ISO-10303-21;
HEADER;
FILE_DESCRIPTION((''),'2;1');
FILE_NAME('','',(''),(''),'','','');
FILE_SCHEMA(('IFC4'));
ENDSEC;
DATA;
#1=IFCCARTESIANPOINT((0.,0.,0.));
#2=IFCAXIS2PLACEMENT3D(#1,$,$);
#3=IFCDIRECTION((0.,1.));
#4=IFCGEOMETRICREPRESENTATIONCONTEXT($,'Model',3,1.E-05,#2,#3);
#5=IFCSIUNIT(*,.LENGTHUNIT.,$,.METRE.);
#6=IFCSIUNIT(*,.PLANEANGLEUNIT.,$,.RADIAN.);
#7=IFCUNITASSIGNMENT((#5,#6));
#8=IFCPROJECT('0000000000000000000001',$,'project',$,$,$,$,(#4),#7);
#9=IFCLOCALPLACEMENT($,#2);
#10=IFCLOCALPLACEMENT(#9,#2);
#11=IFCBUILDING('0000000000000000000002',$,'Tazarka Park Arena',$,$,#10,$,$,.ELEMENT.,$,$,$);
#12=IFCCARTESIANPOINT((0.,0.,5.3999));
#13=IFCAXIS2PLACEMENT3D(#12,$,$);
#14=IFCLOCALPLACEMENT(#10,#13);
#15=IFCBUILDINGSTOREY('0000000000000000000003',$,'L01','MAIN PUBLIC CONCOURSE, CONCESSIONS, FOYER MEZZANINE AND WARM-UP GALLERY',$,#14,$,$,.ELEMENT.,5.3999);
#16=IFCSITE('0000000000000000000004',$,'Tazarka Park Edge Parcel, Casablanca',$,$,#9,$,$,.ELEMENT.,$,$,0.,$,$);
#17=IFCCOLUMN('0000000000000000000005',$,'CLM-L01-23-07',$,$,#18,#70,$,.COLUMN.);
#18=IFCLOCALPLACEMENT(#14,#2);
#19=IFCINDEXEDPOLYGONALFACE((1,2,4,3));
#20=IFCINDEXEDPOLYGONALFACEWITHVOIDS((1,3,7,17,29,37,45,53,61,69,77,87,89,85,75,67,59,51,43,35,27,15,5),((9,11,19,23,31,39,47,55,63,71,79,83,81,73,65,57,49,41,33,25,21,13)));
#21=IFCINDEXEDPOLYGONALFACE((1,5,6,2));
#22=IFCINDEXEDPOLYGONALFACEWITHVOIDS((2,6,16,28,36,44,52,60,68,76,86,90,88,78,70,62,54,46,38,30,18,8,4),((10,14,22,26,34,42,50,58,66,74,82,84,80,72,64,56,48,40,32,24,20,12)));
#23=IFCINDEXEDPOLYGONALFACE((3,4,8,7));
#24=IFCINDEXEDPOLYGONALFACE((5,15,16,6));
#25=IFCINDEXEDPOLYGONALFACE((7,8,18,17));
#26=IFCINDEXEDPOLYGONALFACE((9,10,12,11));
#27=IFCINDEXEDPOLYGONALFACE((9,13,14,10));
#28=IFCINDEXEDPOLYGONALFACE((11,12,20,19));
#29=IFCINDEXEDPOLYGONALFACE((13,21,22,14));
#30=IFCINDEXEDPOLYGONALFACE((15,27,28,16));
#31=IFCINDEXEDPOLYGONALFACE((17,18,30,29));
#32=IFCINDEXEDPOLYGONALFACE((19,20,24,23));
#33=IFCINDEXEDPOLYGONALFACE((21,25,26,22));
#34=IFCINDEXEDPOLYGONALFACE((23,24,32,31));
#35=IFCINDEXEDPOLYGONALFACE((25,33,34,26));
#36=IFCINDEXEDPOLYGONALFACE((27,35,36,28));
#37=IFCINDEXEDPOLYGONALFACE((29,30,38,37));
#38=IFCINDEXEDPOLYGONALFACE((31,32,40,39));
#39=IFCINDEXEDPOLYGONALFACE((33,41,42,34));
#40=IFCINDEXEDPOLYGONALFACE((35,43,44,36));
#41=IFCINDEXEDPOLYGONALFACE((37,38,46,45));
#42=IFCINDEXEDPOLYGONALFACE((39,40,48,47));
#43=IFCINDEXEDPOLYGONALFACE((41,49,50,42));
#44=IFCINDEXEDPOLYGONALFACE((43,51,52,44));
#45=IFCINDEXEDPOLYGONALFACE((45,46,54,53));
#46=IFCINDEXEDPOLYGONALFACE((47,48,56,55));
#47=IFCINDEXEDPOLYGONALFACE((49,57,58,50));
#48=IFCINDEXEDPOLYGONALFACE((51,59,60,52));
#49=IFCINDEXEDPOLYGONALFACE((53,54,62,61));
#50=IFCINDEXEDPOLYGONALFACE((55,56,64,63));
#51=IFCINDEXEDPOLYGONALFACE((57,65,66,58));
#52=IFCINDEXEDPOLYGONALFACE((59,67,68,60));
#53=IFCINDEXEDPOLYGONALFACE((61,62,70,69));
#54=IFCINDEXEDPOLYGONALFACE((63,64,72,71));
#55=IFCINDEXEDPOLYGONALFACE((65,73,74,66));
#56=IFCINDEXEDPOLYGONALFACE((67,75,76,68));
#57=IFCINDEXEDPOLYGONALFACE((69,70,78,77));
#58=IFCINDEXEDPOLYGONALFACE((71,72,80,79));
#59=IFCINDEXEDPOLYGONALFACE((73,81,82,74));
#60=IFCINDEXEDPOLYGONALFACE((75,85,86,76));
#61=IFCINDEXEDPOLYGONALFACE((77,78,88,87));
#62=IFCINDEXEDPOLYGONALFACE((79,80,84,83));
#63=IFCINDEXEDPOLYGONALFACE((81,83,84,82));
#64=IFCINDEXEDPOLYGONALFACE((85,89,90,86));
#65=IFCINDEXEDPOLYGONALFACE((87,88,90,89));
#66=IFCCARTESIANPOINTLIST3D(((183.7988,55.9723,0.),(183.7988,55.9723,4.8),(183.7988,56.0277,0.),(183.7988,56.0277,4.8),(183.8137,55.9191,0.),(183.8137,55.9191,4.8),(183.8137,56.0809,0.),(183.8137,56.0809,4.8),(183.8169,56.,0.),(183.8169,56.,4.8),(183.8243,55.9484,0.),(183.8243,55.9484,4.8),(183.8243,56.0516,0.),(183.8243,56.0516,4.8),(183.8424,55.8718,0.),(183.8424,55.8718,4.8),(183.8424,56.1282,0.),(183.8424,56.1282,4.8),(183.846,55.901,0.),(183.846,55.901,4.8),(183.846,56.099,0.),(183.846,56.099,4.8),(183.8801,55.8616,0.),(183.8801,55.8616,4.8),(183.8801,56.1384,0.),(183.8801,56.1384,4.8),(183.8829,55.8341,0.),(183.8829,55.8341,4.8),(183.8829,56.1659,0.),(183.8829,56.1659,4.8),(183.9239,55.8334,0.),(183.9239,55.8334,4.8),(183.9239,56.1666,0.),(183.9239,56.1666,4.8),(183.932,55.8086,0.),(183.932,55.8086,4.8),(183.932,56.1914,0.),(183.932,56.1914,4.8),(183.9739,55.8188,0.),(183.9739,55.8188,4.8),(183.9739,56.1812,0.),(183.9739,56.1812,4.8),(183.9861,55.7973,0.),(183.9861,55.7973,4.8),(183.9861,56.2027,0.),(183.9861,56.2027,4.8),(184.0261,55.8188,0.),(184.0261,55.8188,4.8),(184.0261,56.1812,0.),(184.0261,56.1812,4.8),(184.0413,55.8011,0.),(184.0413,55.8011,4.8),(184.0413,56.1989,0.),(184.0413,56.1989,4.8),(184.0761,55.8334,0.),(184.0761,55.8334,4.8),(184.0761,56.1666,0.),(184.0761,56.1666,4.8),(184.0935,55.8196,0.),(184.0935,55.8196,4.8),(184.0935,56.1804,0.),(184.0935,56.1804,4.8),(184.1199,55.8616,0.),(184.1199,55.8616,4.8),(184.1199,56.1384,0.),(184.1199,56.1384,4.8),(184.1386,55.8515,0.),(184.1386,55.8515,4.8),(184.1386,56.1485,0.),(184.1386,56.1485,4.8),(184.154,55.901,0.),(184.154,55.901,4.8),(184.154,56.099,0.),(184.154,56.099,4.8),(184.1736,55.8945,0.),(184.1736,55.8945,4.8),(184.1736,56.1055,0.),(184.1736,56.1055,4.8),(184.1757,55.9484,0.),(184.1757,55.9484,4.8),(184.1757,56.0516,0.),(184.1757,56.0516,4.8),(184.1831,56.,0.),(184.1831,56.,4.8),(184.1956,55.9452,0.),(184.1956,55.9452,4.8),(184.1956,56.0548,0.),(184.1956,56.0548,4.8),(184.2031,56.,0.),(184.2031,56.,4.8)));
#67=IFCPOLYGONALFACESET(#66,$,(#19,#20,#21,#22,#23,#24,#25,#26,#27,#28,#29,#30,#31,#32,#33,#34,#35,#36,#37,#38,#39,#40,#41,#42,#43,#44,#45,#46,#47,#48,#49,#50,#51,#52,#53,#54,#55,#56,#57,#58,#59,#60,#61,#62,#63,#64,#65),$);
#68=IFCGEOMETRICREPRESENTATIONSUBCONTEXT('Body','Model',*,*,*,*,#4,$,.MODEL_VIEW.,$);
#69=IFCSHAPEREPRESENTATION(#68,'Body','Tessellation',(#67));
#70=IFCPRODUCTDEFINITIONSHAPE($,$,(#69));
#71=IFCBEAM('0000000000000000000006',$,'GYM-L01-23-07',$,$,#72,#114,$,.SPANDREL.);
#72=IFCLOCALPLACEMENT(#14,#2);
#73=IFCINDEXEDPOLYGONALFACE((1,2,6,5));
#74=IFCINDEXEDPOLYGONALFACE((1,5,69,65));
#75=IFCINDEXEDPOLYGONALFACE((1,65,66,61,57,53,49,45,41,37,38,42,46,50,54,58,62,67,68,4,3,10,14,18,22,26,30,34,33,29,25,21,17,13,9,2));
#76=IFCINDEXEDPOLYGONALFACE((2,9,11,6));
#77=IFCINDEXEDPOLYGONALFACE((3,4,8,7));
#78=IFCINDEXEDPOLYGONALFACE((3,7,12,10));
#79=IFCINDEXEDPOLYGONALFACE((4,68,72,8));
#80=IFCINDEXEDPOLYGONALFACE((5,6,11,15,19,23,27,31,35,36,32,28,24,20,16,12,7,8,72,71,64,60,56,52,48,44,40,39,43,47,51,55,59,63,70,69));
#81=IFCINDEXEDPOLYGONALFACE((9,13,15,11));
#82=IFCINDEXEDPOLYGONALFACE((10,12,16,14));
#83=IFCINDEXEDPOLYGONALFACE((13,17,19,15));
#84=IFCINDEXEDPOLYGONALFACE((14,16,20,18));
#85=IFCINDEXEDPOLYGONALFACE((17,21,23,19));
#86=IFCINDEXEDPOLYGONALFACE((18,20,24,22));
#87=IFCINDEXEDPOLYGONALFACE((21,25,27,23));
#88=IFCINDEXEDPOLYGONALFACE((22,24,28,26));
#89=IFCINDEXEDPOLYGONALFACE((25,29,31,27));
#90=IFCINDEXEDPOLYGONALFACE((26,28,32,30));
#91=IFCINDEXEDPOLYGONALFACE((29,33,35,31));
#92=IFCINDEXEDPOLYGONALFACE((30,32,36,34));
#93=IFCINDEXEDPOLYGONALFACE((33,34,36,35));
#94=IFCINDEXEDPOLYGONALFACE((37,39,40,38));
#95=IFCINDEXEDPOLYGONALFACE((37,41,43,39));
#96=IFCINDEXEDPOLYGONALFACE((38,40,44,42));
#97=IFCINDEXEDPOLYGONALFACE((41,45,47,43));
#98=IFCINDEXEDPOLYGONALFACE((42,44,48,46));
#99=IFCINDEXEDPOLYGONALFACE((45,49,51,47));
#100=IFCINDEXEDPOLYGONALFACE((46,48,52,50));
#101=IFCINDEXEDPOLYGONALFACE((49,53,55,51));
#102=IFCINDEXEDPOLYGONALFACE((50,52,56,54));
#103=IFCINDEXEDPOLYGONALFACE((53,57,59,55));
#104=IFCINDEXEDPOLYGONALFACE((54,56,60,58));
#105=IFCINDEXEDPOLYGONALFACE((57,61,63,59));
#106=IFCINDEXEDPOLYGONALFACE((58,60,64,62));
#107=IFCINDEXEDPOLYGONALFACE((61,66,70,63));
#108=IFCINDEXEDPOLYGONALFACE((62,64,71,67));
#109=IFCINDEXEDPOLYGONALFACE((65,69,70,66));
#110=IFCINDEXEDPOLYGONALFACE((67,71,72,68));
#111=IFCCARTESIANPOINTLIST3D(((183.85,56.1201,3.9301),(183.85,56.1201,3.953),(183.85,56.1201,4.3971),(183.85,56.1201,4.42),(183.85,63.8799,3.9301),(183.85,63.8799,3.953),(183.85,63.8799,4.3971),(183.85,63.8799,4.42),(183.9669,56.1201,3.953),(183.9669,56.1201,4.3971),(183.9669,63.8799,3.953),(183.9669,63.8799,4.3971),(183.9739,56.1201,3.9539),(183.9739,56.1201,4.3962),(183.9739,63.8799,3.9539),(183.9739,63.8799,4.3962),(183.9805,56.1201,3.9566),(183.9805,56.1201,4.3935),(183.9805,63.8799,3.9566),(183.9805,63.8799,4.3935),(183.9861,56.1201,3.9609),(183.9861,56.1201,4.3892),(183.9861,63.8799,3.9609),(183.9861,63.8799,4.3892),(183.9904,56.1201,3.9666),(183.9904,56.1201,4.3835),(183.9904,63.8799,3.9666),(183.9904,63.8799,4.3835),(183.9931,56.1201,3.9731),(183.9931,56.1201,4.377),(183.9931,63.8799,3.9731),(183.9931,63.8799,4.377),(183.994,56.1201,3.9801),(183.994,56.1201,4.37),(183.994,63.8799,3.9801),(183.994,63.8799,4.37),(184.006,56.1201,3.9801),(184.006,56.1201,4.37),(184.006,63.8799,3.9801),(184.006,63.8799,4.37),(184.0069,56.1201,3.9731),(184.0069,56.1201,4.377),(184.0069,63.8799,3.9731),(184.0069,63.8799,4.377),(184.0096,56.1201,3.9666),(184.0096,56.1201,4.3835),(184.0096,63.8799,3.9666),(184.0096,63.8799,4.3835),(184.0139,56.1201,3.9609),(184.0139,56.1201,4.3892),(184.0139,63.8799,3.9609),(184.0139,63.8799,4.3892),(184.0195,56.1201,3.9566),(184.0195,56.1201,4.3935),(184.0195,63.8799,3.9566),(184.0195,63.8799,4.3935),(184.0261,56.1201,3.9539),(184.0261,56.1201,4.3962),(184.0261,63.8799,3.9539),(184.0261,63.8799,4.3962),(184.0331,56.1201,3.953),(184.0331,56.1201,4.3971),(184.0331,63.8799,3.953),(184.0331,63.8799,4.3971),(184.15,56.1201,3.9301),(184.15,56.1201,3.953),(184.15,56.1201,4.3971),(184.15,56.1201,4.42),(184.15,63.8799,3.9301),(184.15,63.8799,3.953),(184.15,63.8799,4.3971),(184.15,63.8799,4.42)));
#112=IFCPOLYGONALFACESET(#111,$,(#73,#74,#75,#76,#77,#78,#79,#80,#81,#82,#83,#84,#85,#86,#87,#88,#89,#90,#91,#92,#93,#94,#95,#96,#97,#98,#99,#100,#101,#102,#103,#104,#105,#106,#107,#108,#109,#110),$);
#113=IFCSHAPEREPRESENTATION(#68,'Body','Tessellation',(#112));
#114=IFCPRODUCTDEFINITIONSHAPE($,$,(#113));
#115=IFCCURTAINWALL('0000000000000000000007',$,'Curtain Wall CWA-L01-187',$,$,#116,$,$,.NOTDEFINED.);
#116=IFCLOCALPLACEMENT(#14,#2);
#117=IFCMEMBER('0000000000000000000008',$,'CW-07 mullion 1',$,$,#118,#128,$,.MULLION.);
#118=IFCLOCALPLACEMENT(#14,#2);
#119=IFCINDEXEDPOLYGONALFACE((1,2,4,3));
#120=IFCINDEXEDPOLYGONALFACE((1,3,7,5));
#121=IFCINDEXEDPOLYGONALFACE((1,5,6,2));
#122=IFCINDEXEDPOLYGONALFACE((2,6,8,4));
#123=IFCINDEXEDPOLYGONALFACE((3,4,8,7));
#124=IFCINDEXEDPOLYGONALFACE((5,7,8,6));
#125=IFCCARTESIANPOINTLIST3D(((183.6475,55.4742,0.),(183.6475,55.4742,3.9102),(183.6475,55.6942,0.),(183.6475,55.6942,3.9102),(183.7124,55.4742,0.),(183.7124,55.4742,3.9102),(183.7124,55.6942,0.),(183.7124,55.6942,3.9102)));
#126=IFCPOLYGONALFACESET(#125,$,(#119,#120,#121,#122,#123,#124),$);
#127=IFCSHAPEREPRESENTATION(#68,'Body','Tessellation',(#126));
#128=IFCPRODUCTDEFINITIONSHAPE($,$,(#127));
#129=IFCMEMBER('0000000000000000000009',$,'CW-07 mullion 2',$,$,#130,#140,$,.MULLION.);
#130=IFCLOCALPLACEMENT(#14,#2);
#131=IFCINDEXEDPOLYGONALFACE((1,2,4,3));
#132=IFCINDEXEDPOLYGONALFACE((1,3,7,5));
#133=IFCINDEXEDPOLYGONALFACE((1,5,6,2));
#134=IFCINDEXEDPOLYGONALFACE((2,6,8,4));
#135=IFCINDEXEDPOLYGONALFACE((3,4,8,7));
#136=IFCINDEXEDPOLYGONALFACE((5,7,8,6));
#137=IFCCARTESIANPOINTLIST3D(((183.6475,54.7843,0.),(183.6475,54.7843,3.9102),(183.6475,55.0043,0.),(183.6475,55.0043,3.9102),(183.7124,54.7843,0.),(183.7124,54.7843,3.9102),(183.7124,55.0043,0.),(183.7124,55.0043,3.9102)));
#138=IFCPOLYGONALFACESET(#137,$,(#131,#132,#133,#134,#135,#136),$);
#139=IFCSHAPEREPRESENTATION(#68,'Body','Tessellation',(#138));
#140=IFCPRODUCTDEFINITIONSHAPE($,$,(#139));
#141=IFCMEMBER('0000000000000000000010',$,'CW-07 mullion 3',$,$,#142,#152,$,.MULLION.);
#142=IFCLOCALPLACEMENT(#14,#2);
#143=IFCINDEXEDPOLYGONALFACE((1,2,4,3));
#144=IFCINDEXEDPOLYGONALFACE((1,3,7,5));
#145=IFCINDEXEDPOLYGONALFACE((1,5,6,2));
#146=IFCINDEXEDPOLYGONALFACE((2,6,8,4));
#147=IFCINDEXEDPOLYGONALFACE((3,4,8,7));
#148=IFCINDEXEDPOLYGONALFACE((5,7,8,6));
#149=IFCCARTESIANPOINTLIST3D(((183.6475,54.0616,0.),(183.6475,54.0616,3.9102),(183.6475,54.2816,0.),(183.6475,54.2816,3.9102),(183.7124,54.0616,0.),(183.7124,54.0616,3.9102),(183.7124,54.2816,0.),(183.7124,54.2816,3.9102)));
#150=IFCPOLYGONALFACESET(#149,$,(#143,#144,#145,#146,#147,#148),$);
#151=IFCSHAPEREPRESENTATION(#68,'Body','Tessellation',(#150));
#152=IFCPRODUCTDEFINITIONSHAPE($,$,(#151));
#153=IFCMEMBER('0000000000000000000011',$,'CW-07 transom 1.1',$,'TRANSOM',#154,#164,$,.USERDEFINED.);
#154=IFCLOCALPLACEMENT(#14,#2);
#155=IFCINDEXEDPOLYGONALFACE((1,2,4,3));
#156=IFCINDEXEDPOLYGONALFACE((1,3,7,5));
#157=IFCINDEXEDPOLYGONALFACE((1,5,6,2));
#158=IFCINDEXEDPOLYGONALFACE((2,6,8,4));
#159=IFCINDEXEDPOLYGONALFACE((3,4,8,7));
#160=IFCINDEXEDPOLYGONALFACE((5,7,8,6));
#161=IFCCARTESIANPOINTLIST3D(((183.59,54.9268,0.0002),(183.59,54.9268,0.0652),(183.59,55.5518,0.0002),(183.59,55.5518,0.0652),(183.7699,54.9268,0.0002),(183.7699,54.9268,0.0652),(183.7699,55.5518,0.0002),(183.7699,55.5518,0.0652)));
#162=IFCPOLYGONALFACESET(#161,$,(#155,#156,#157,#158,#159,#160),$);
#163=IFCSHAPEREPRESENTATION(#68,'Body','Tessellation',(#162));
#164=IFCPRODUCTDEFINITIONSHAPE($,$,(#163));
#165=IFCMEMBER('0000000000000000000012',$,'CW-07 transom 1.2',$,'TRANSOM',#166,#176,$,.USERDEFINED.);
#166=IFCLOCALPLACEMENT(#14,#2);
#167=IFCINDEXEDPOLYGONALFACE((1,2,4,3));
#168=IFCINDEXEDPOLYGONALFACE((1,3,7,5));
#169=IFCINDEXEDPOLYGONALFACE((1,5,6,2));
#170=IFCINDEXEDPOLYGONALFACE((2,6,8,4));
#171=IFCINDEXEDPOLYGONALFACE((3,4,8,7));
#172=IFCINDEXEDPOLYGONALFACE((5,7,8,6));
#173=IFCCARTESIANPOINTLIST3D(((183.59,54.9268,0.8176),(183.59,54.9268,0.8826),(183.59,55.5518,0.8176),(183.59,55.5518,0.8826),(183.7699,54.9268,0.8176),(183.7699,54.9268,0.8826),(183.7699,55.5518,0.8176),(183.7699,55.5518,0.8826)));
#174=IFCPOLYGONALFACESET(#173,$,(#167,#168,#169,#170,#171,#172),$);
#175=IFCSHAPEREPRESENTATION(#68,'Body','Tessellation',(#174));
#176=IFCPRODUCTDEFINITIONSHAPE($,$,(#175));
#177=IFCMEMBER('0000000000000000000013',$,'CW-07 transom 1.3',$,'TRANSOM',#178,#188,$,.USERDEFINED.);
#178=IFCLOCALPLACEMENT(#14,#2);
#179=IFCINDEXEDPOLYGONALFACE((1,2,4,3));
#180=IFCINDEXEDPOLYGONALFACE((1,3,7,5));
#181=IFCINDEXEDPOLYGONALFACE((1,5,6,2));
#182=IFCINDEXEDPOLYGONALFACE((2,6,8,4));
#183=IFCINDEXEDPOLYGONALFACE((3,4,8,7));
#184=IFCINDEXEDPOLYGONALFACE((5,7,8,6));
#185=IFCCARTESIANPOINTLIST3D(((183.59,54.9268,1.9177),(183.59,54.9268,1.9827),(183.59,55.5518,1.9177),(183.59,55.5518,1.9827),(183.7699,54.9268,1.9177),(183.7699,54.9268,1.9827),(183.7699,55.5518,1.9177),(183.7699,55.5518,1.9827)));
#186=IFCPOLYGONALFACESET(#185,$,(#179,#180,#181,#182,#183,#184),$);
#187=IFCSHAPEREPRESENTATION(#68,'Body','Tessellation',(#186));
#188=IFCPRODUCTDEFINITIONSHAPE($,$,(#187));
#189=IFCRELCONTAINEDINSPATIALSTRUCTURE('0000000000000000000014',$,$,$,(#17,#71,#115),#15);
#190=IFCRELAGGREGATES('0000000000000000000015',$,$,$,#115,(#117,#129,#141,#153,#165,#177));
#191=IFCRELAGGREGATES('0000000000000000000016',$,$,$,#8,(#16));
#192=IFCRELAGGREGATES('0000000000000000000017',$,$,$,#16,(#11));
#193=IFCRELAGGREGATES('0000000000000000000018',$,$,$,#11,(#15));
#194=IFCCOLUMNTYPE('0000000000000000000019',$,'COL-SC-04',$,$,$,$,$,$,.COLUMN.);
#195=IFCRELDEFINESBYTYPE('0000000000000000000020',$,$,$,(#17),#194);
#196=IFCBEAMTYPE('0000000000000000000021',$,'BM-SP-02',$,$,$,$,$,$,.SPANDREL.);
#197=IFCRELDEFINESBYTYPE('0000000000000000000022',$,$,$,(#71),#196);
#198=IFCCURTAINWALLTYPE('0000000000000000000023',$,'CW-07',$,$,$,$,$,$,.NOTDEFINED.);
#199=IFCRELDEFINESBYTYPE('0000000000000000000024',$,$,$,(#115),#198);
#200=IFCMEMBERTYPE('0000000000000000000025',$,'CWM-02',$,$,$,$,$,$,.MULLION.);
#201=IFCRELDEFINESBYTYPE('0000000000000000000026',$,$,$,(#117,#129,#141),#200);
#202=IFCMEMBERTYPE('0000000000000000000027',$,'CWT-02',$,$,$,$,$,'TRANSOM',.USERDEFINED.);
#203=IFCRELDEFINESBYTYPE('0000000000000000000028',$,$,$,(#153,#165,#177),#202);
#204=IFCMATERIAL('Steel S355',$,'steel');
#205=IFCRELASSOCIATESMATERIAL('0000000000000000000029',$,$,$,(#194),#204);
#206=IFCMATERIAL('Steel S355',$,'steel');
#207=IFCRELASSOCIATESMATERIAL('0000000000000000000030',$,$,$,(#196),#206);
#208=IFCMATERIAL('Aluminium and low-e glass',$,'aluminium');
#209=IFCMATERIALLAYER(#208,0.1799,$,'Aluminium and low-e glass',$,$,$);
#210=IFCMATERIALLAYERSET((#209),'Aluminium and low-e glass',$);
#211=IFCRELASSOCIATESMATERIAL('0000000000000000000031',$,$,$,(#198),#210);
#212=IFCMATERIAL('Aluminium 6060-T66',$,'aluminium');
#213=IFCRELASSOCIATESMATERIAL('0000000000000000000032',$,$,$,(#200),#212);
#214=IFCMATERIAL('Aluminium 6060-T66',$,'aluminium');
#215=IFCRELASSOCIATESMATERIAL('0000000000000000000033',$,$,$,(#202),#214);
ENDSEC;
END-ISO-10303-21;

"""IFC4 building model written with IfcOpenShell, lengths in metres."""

from ifc_helpers import new_model, si_unit, direction, frame, origin, origin_2d, place, context, subcontext, project, spatial, rectangle, hollow_circle, i_section, extrude, material, layer, layer_set, material_profile, profile_set, type_object, element, aggregate, save


model = new_model("IFC4")

# Units and contexts
model_context = context("Model", 3, precision=1e-05, world=origin(), true_north=direction((0.0, 1.0)))
body_context = subcontext(model_context, "Body", "Model", "MODEL_VIEW")
ifc_project = project(units=[si_unit("LENGTHUNIT", "METRE"), si_unit("PLANEANGLEUNIT", "RADIAN")], contexts=[model_context])

# Site, building, storey
site_placement = place(None, origin())
site = spatial("IfcSite", under=ifc_project, at=site_placement, Name="Tazarka Park Edge Parcel, Casablanca", CompositionType="ELEMENT", RefElevation=0.0)
building_placement = place(site_placement, origin())
building = spatial("IfcBuilding", under=site, at=building_placement, Name="Tazarka Park Arena", CompositionType="ELEMENT")
storey_placement = place(building_placement, frame((0.0, 0.0, 5.3999)))
storey = spatial("IfcBuildingStorey", under=building, at=storey_placement, Name="L01", Description="MAIN PUBLIC CONCOURSE, CONCESSIONS, FOYER MEZZANINE AND WARM-UP GALLERY", CompositionType="ELEMENT", Elevation=5.3999)

# Column
ifc_material_1 = material(Name="Steel S355", Category="steel")
ifc_material_profile_1 = material_profile(ifc_material_1, hollow_circle(Radius=0.2031, WallThickness=0.02, at=origin_2d()), Name="Steel S355")
ifc_profile_set_1 = profile_set([ifc_material_profile_1], Name="Steel S355")
column_type = type_object("IfcColumnType", Name="COL-SC-04", PredefinedType="COLUMN", material=ifc_profile_set_1)
column_placement = place(storey_placement, frame((184.0, 56.0, 0.0), z_axis=(0.0, 0.0, 1.0), x_axis=(1.0, 0.0, 0.0)))
element("IfcColumn", 1, at=column_placement, inside=storey, type_object=column_type, Name="CLM-L01-23-07", PredefinedType="COLUMN", context=body_context, shape_type="SweptSolid", body=[
    extrude(hollow_circle(Radius=0.2031, WallThickness=0.02, at=origin_2d()), origin(), (0.0, 0.0, 1.0), 4.8),
])

# Beam
ifc_material_2 = material(Name="Steel S355", Category="steel")
ifc_material_profile_2 = material_profile(ifc_material_2, i_section(OverallWidth=0.3, OverallDepth=0.49, WebThickness=0.012, FlangeThickness=0.0229, FilletRadius=0.0271, at=origin_2d()), Name="Steel S355")
ifc_profile_set_2 = profile_set([ifc_material_profile_2], Name="Steel S355")
beam_type = type_object("IfcBeamType", Name="BM-SP-02", PredefinedType="SPANDREL", material=ifc_profile_set_2)
beam_placement = place(storey_placement, frame((184.0, 56.1201, 4.175), z_axis=(0.0, 1.0, 0.0), x_axis=(-1.0, 0.0, 0.0)))
element("IfcBeam", 2, at=beam_placement, inside=storey, type_object=beam_type, Name="GYM-L01-23-07", PredefinedType="SPANDREL", context=body_context, shape_type="SweptSolid", body=[
    extrude(i_section(OverallWidth=0.3, OverallDepth=0.49, WebThickness=0.012, FlangeThickness=0.0229, FilletRadius=0.0271, at=origin_2d()), origin(), (0.0, 0.0, 1.0), 7.7598),
])

# Curtain wall, members
ifc_material_3 = material(Name="Aluminium and low-e glass", Category="aluminium")
ifc_layer_1 = layer(ifc_material_3, 0.1799, Name="Aluminium and low-e glass")
ifc_layer_set_1 = layer_set([ifc_layer_1], Name="Aluminium and low-e glass")
curtain_wall_type = type_object("IfcCurtainWallType", Name="CW-07", PredefinedType="NOTDEFINED", material=ifc_layer_set_1)
curtain_wall_placement = place(storey_placement, origin())
curtain_wall = element("IfcCurtainWall", 3, at=curtain_wall_placement, inside=storey, type_object=curtain_wall_type, Name="Curtain Wall CWA-L01-187", PredefinedType="NOTDEFINED")
ifc_material_4 = material(Name="Aluminium 6060-T66", Category="aluminium")
ifc_material_profile_3 = material_profile(ifc_material_4, rectangle(XDim=0.0649, YDim=0.22, at=origin_2d()), Name="Aluminium 6060-T66")
ifc_profile_set_3 = profile_set([ifc_material_profile_3], Name="Aluminium 6060-T66")
member_type_1 = type_object("IfcMemberType", Name="CWM-02", PredefinedType="MULLION", material=ifc_profile_set_3)
member_1_placement = place(storey_placement, frame((183.6799, 55.5842, 0.0), z_axis=(0.0, 0.0, 1.0), x_axis=(1.0, 0.0, 0.0)))
member_1 = element("IfcMember", 4, at=member_1_placement, type_object=member_type_1, Name="CW-07 mullion 1", PredefinedType="MULLION", context=body_context, shape_type="SweptSolid", body=[
    extrude(rectangle(XDim=0.0649, YDim=0.22, at=origin_2d()), origin(), (0.0, 0.0, 1.0), 3.9102),
])
member_2_placement = place(storey_placement, frame((183.6799, 54.8943, 0.0), z_axis=(0.0, 0.0, 1.0), x_axis=(1.0, 0.0, 0.0)))
member_2 = element("IfcMember", 5, at=member_2_placement, type_object=member_type_1, Name="CW-07 mullion 2", PredefinedType="MULLION", context=body_context, shape_type="SweptSolid", body=[
    extrude(rectangle(XDim=0.0649, YDim=0.22, at=origin_2d()), origin(), (0.0, 0.0, 1.0), 3.9102),
])
member_3_placement = place(storey_placement, frame((183.6799, 54.1716, 0.0), z_axis=(0.0, 0.0, 1.0), x_axis=(1.0, 0.0, 0.0)))
member_3 = element("IfcMember", 6, at=member_3_placement, type_object=member_type_1, Name="CW-07 mullion 3", PredefinedType="MULLION", context=body_context, shape_type="SweptSolid", body=[
    extrude(rectangle(XDim=0.0649, YDim=0.22, at=origin_2d()), origin(), (0.0, 0.0, 1.0), 3.9102),
])
ifc_material_5 = material(Name="Aluminium 6060-T66", Category="aluminium")
ifc_material_profile_4 = material_profile(ifc_material_5, rectangle(XDim=0.1799, YDim=0.0649, at=origin_2d()), Name="Aluminium 6060-T66")
ifc_profile_set_4 = profile_set([ifc_material_profile_4], Name="Aluminium 6060-T66")
member_type_2 = type_object("IfcMemberType", Name="CWT-02", ElementType="TRANSOM", PredefinedType="USERDEFINED", material=ifc_profile_set_4)
member_4_placement = place(storey_placement, frame((183.6799, 55.5518, 0.0327), z_axis=(0.0, -1.0, 0.0), x_axis=(1.0, 0.0, 0.0)))
member_4 = element("IfcMember", 7, at=member_4_placement, type_object=member_type_2, Name="CW-07 transom 1.1", ObjectType="TRANSOM", PredefinedType="USERDEFINED", context=body_context, shape_type="SweptSolid", body=[
    extrude(rectangle(XDim=0.1799, YDim=0.0649, at=origin_2d()), origin(), (0.0, 0.0, 1.0), 0.625),
])
member_5_placement = place(storey_placement, frame((183.6799, 55.5518, 0.8501), z_axis=(0.0, -1.0, 0.0), x_axis=(1.0, 0.0, 0.0)))
member_5 = element("IfcMember", 8, at=member_5_placement, type_object=member_type_2, Name="CW-07 transom 1.2", ObjectType="TRANSOM", PredefinedType="USERDEFINED", context=body_context, shape_type="SweptSolid", body=[
    extrude(rectangle(XDim=0.1799, YDim=0.0649, at=origin_2d()), origin(), (0.0, 0.0, 1.0), 0.625),
])
member_6_placement = place(storey_placement, frame((183.6799, 55.5518, 1.9502), z_axis=(0.0, -1.0, 0.0), x_axis=(1.0, 0.0, 0.0)))
member_6 = element("IfcMember", 9, at=member_6_placement, type_object=member_type_2, Name="CW-07 transom 1.3", ObjectType="TRANSOM", PredefinedType="USERDEFINED", context=body_context, shape_type="SweptSolid", body=[
    extrude(rectangle(XDim=0.1799, YDim=0.0649, at=origin_2d()), origin(), (0.0, 0.0, 1.0), 0.625),
])
aggregate(curtain_wall, [member_1, member_2, member_3, member_4, member_5, member_6])

save(model, "model.ifc")
